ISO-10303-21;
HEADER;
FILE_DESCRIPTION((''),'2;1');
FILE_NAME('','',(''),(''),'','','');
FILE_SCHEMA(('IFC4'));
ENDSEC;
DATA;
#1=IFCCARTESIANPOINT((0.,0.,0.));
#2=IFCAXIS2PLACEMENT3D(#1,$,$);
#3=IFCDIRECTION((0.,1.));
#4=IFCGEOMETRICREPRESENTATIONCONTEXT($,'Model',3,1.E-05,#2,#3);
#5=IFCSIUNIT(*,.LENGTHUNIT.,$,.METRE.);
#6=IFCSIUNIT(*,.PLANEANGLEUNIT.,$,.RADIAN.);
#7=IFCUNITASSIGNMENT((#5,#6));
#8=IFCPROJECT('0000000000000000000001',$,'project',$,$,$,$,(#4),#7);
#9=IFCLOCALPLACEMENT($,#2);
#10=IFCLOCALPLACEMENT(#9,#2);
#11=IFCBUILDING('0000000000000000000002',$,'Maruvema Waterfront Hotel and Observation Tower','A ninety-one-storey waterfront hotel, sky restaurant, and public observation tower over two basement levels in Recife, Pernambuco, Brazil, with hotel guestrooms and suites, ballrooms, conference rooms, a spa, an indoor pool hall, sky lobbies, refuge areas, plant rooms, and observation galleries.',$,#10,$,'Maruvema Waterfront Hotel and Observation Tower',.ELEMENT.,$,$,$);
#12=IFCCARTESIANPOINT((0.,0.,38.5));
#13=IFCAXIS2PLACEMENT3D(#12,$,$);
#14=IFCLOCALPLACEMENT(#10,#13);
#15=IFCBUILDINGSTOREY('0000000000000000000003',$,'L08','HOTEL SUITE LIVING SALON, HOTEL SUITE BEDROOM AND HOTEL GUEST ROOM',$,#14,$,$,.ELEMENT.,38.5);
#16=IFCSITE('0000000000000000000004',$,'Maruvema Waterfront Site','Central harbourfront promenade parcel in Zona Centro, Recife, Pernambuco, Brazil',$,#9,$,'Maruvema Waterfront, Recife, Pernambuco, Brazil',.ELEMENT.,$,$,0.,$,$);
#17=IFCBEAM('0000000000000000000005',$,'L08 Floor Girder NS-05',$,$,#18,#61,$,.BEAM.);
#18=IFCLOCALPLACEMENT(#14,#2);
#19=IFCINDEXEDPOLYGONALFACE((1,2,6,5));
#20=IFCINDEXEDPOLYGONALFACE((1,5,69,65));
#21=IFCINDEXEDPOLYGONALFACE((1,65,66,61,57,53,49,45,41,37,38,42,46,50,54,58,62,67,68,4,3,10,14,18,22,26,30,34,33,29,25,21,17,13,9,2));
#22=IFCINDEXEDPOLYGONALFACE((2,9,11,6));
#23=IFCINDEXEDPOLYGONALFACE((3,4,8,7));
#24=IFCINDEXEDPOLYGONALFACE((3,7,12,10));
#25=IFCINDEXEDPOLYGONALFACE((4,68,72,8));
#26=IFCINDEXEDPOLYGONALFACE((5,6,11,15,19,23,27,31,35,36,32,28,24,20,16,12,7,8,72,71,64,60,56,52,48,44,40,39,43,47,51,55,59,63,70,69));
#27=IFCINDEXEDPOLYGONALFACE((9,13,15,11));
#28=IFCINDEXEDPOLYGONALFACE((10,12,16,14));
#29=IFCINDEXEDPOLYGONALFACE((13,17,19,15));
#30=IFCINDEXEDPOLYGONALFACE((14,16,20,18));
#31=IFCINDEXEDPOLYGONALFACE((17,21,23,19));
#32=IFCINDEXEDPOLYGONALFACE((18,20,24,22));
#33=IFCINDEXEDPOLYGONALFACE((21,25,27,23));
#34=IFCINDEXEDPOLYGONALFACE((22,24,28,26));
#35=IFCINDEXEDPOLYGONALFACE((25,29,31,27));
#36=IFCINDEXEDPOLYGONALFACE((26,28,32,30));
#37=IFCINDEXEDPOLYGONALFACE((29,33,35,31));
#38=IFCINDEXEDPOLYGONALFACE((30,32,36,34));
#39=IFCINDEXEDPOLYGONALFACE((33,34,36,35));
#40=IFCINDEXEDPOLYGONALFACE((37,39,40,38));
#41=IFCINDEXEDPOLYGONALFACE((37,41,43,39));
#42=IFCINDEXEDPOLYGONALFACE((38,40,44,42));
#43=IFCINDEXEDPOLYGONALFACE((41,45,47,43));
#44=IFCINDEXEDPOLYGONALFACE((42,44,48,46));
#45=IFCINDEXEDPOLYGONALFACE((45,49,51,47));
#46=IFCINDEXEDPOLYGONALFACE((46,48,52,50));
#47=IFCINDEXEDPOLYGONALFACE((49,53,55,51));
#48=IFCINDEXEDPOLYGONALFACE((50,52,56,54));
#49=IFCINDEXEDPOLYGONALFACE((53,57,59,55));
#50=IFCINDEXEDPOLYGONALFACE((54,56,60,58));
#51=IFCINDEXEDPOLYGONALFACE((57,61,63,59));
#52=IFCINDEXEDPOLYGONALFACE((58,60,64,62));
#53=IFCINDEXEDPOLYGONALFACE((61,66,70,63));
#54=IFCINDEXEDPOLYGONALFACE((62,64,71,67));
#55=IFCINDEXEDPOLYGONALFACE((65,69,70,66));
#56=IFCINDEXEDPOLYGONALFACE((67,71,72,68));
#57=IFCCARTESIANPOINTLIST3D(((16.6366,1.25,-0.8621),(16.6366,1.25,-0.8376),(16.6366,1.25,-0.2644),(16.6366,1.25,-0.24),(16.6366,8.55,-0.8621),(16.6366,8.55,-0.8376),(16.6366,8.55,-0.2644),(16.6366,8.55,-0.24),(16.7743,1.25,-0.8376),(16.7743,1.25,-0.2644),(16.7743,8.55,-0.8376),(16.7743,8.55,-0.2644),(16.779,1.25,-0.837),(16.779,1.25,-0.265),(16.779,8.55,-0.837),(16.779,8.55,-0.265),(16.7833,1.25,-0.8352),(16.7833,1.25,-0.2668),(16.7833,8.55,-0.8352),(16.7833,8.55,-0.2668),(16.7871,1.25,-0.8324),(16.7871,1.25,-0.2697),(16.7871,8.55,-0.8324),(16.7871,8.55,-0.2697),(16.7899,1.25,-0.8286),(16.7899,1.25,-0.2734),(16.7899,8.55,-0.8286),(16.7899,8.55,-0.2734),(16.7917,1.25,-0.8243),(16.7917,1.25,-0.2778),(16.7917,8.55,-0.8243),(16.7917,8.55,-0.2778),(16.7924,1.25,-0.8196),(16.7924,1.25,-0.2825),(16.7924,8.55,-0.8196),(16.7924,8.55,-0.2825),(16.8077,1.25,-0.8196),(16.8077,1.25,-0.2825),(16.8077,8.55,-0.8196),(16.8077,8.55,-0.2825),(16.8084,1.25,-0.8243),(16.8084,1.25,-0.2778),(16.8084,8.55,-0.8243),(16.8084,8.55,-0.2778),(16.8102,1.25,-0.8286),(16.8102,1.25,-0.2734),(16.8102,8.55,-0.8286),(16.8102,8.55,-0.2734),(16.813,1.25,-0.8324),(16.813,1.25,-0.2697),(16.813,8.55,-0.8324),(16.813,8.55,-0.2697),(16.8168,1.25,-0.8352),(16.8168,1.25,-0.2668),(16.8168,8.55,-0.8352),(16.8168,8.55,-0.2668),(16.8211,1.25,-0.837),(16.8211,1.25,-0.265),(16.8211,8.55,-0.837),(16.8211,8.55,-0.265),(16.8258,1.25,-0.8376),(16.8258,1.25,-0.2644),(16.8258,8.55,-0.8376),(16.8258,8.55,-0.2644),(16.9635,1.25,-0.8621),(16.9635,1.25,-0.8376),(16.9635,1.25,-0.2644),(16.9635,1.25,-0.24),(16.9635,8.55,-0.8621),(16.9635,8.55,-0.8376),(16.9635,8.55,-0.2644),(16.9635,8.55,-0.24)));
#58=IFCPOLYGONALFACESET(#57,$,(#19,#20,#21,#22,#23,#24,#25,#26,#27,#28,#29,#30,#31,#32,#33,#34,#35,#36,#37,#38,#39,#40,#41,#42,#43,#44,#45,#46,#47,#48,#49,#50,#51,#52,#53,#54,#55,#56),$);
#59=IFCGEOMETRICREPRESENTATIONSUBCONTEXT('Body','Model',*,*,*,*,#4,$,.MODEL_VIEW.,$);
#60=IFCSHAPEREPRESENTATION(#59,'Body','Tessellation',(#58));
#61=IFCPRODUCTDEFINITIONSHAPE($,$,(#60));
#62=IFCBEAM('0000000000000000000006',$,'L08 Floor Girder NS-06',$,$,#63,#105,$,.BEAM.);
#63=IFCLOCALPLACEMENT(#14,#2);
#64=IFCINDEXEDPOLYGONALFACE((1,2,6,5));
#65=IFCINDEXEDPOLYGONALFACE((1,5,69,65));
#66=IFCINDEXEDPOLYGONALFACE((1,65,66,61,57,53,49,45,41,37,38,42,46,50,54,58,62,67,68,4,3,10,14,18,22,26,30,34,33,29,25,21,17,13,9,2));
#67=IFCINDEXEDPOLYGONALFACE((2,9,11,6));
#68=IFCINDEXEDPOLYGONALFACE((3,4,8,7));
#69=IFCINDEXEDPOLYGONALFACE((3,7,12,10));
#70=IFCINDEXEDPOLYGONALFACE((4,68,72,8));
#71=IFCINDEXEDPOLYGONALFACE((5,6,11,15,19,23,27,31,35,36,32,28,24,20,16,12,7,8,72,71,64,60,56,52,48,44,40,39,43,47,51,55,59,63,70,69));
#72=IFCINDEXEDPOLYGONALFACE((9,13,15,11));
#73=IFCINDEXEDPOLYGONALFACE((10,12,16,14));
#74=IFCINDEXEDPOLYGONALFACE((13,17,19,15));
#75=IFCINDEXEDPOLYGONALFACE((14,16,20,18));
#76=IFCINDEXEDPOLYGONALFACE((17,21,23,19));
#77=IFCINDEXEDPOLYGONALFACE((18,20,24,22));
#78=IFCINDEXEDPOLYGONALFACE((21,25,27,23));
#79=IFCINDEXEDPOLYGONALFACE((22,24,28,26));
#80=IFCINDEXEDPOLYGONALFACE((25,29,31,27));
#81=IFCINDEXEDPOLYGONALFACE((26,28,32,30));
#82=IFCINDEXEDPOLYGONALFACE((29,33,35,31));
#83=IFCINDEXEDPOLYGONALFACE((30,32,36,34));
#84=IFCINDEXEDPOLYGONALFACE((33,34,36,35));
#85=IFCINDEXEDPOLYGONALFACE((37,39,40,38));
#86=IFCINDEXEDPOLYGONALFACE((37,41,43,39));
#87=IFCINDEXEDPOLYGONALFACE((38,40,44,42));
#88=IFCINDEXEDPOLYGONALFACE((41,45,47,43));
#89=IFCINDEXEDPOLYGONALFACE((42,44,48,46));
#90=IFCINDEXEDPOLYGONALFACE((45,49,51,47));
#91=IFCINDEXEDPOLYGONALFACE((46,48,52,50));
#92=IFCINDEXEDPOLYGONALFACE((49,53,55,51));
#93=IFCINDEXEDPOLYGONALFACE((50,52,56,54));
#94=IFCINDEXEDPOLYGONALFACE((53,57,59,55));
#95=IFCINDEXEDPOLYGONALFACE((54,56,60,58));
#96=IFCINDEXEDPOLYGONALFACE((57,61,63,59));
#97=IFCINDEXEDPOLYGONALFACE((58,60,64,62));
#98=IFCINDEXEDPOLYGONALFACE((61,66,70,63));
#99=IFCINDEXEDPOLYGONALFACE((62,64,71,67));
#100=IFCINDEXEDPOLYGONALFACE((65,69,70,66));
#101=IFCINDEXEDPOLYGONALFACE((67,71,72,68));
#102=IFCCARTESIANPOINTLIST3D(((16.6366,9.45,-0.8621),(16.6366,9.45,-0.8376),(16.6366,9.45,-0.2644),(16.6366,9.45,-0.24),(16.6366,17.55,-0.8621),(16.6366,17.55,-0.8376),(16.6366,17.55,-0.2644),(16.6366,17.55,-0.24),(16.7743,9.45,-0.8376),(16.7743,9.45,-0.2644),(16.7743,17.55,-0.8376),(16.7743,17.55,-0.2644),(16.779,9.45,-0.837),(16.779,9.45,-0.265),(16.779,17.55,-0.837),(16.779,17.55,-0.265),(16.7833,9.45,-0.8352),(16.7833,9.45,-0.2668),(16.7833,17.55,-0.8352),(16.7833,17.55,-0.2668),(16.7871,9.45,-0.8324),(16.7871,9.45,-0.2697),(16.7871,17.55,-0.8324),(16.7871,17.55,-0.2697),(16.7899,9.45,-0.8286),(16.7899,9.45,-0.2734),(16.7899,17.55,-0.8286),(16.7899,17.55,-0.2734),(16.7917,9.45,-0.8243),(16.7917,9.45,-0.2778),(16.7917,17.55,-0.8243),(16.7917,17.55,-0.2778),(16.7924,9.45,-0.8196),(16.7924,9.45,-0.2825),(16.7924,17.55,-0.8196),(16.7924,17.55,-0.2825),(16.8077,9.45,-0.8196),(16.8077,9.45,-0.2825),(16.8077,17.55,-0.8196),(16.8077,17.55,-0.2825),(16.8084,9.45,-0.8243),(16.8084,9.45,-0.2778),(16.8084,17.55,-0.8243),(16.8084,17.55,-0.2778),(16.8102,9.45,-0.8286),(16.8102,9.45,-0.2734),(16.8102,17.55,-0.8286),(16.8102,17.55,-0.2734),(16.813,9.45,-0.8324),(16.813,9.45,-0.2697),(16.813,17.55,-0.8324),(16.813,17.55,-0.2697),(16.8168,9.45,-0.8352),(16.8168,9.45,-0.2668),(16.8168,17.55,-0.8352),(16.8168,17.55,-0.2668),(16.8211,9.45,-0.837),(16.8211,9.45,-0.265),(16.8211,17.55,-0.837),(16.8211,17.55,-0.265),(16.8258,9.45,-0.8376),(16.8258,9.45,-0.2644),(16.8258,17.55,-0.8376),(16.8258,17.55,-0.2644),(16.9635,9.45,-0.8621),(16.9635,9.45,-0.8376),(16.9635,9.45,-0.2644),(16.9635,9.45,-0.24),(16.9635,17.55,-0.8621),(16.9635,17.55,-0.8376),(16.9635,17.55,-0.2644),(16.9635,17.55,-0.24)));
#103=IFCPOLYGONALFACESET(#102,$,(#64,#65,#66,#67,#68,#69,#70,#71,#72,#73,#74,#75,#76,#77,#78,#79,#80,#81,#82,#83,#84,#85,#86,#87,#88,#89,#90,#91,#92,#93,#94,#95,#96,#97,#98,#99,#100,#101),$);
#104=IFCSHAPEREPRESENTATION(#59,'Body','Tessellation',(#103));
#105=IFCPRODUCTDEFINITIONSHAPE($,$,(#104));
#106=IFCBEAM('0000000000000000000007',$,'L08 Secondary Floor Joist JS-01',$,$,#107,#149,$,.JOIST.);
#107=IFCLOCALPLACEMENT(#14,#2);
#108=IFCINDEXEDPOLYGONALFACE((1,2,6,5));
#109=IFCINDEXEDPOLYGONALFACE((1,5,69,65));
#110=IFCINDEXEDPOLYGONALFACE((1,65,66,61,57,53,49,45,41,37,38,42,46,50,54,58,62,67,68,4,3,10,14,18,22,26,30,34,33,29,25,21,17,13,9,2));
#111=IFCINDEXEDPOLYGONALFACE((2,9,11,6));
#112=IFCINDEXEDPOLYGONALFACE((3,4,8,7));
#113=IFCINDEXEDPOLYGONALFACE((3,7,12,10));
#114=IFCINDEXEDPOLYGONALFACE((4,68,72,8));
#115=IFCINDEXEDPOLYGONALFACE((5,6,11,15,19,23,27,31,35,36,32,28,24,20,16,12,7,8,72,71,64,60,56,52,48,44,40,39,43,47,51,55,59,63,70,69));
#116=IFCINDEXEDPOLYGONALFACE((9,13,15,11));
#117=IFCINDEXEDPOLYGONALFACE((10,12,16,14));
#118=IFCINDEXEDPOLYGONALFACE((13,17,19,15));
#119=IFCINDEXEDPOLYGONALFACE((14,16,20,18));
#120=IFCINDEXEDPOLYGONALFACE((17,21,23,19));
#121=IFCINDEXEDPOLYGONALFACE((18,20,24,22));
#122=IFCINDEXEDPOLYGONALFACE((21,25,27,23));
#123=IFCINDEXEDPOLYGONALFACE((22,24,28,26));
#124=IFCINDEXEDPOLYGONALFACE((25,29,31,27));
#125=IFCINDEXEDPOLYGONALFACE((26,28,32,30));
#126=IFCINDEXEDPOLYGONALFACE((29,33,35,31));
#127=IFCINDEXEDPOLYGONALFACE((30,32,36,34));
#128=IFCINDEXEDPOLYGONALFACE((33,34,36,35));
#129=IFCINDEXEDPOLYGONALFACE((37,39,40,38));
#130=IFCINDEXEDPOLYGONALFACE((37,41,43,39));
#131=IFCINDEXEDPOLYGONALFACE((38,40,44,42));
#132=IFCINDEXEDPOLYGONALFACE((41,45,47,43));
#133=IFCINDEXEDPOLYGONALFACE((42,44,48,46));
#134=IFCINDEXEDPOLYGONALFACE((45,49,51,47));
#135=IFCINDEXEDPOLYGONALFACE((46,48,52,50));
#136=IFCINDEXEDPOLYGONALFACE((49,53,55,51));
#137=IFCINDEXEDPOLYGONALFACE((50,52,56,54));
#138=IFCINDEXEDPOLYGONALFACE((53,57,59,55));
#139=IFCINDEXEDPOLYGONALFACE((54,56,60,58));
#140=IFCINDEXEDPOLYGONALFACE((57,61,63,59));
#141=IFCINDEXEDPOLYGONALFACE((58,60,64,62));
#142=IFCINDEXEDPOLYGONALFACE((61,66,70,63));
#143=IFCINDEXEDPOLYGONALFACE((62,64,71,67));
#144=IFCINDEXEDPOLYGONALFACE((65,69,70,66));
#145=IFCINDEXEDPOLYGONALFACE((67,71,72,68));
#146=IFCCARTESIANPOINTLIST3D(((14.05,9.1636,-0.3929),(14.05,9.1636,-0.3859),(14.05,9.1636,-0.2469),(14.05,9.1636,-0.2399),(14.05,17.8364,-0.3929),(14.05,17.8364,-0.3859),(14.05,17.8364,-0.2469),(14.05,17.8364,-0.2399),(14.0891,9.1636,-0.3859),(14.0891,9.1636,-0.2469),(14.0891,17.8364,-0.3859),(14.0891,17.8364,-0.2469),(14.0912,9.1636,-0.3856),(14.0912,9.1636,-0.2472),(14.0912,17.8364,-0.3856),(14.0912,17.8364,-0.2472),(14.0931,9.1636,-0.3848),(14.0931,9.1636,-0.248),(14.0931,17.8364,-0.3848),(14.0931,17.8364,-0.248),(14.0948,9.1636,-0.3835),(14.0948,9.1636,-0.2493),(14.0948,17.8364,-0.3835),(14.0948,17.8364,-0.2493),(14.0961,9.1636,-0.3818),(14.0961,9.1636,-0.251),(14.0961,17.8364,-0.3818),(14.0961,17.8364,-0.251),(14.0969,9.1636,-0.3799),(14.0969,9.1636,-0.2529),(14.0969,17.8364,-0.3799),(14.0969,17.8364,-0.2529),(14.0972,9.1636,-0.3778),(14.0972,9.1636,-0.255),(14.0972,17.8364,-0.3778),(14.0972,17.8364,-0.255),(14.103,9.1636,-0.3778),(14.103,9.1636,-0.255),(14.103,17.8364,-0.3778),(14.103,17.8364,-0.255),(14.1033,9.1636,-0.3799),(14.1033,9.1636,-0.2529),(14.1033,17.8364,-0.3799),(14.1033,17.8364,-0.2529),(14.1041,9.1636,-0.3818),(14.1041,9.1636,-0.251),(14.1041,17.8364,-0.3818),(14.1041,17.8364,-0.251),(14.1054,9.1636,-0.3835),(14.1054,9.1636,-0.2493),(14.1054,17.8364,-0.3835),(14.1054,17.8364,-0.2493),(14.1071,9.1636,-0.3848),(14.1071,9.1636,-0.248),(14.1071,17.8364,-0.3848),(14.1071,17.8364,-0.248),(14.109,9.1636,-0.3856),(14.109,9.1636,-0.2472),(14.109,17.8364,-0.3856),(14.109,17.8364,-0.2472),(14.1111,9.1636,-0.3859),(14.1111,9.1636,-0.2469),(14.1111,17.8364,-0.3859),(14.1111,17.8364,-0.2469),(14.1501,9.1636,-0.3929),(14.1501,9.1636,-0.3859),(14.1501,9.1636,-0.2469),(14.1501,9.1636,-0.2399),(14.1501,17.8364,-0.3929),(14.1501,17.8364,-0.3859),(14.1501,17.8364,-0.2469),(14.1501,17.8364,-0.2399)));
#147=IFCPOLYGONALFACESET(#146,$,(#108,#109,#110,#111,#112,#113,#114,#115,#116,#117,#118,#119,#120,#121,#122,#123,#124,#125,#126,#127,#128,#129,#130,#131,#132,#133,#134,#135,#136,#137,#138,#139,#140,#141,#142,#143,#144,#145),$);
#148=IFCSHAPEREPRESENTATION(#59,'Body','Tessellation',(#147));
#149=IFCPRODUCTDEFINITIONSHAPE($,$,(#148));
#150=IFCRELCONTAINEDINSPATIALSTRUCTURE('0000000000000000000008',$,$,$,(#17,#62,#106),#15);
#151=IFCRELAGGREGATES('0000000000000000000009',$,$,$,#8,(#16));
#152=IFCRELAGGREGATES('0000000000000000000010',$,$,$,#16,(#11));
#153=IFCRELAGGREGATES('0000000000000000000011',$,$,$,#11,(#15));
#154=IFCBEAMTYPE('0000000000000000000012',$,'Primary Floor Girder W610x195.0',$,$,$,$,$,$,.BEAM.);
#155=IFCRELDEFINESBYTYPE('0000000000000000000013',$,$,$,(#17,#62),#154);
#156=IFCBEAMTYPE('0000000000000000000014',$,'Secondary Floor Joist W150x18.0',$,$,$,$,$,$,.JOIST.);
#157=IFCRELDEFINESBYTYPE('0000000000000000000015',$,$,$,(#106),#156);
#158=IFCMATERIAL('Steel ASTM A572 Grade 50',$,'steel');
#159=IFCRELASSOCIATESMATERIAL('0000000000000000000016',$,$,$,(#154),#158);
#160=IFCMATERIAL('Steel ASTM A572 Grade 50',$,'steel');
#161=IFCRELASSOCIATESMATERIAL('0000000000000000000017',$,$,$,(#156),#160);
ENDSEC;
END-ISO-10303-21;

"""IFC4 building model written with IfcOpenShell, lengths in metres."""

from ifc_helpers import new_model, si_unit, direction, frame, origin, origin_2d, place, context, subcontext, project, spatial, i_section, extrude, material, material_profile, profile_set, type_object, element, save


model = new_model("IFC4")

# Units and contexts
model_context = context("Model", 3, precision=1e-05, world=origin(), true_north=direction((0.0, 1.0)))
body_context = subcontext(model_context, "Body", "Model", "MODEL_VIEW")
ifc_project = project(units=[si_unit("LENGTHUNIT", "METRE"), si_unit("PLANEANGLEUNIT", "RADIAN")], contexts=[model_context])

# Site, building, storey
site_placement = place(None, origin())
site = spatial("IfcSite", under=ifc_project, at=site_placement, Name="Maruvema Waterfront Site", Description="Central harbourfront promenade parcel in Zona Centro, Recife, Pernambuco, Brazil", LongName="Maruvema Waterfront, Recife, Pernambuco, Brazil", CompositionType="ELEMENT", RefElevation=0.0)
building_placement = place(site_placement, origin())
building = spatial("IfcBuilding", under=site, at=building_placement, Name="Maruvema Waterfront Hotel and Observation Tower", Description="A ninety-one-storey waterfront hotel, sky restaurant, and public observation tower over two basement levels in Recife, Pernambuco, Brazil, with hotel guestrooms and suites, ballrooms, conference rooms, a spa, an indoor pool hall, sky lobbies, refuge areas, plant rooms, and observation galleries.", LongName="Maruvema Waterfront Hotel and Observation Tower", CompositionType="ELEMENT")
storey_placement = place(building_placement, frame((0.0, 0.0, 38.5)))
storey = spatial("IfcBuildingStorey", under=building, at=storey_placement, Name="L08", Description="HOTEL SUITE LIVING SALON, HOTEL SUITE BEDROOM AND HOTEL GUEST ROOM", CompositionType="ELEMENT", Elevation=38.5)

# Beams
ifc_material_1 = material(Name="Steel ASTM A572 Grade 50", Category="steel")
ifc_material_profile_1 = material_profile(ifc_material_1, i_section(OverallWidth=0.3269, OverallDepth=0.6221, WebThickness=0.0154, FlangeThickness=0.0244, FilletRadius=0.0181, at=origin_2d()), Name="W610x195.0")
ifc_profile_set_1 = profile_set([ifc_material_profile_1], Name="Steel ASTM A572 Grade 50")
beam_type_1 = type_object("IfcBeamType", Name="Primary Floor Girder W610x195.0", PredefinedType="BEAM", material=ifc_profile_set_1)
beam_1_placement = place(storey_placement, frame((16.8, 1.25, -0.551), z_axis=(0.0, 1.0, 0.0), x_axis=(-1.0, 0.0, 0.0)))
element("IfcBeam", 1, at=beam_1_placement, inside=storey, type_object=beam_type_1, Name="L08 Floor Girder NS-05", PredefinedType="BEAM", context=body_context, shape_type="SweptSolid", body=[
    extrude(i_section(OverallWidth=0.3269, OverallDepth=0.6221, WebThickness=0.0154, FlangeThickness=0.0244, FilletRadius=0.0181, at=origin_2d()), origin(), (0.0, 0.0, 1.0), 7.3),
])
beam_2_placement = place(storey_placement, frame((16.8, 9.45, -0.551), z_axis=(0.0, 1.0, 0.0), x_axis=(-1.0, 0.0, 0.0)))
element("IfcBeam", 2, at=beam_2_placement, inside=storey, type_object=beam_type_1, Name="L08 Floor Girder NS-06", PredefinedType="BEAM", context=body_context, shape_type="SweptSolid", body=[
    extrude(i_section(OverallWidth=0.3269, OverallDepth=0.6221, WebThickness=0.0154, FlangeThickness=0.0244, FilletRadius=0.0181, at=origin_2d()), origin(), (0.0, 0.0, 1.0), 8.1001),
])
ifc_material_2 = material(Name="Steel ASTM A572 Grade 50", Category="steel")
ifc_material_profile_2 = material_profile(ifc_material_2, i_section(OverallWidth=0.1001, OverallDepth=0.1531, WebThickness=0.0059, FlangeThickness=0.0071, FilletRadius=0.0081, at=origin_2d()), Name="W150x18.0")
ifc_profile_set_2 = profile_set([ifc_material_profile_2], Name="Steel ASTM A572 Grade 50")
beam_type_2 = type_object("IfcBeamType", Name="Secondary Floor Joist W150x18.0", PredefinedType="JOIST", material=ifc_profile_set_2)
beam_3_placement = place(storey_placement, frame((14.1001, 9.1636, -0.3164), z_axis=(0.0, 1.0, 0.0), x_axis=(-1.0, 0.0, 0.0)))
element("IfcBeam", 3, at=beam_3_placement, inside=storey, type_object=beam_type_2, Name="L08 Secondary Floor Joist JS-01", PredefinedType="JOIST", context=body_context, shape_type="SweptSolid", body=[
    extrude(i_section(OverallWidth=0.1001, OverallDepth=0.1531, WebThickness=0.0059, FlangeThickness=0.0071, FilletRadius=0.0081, at=origin_2d()), origin(), (0.0, 0.0, 1.0), 8.6729),
])

save(model, "model.ifc")
